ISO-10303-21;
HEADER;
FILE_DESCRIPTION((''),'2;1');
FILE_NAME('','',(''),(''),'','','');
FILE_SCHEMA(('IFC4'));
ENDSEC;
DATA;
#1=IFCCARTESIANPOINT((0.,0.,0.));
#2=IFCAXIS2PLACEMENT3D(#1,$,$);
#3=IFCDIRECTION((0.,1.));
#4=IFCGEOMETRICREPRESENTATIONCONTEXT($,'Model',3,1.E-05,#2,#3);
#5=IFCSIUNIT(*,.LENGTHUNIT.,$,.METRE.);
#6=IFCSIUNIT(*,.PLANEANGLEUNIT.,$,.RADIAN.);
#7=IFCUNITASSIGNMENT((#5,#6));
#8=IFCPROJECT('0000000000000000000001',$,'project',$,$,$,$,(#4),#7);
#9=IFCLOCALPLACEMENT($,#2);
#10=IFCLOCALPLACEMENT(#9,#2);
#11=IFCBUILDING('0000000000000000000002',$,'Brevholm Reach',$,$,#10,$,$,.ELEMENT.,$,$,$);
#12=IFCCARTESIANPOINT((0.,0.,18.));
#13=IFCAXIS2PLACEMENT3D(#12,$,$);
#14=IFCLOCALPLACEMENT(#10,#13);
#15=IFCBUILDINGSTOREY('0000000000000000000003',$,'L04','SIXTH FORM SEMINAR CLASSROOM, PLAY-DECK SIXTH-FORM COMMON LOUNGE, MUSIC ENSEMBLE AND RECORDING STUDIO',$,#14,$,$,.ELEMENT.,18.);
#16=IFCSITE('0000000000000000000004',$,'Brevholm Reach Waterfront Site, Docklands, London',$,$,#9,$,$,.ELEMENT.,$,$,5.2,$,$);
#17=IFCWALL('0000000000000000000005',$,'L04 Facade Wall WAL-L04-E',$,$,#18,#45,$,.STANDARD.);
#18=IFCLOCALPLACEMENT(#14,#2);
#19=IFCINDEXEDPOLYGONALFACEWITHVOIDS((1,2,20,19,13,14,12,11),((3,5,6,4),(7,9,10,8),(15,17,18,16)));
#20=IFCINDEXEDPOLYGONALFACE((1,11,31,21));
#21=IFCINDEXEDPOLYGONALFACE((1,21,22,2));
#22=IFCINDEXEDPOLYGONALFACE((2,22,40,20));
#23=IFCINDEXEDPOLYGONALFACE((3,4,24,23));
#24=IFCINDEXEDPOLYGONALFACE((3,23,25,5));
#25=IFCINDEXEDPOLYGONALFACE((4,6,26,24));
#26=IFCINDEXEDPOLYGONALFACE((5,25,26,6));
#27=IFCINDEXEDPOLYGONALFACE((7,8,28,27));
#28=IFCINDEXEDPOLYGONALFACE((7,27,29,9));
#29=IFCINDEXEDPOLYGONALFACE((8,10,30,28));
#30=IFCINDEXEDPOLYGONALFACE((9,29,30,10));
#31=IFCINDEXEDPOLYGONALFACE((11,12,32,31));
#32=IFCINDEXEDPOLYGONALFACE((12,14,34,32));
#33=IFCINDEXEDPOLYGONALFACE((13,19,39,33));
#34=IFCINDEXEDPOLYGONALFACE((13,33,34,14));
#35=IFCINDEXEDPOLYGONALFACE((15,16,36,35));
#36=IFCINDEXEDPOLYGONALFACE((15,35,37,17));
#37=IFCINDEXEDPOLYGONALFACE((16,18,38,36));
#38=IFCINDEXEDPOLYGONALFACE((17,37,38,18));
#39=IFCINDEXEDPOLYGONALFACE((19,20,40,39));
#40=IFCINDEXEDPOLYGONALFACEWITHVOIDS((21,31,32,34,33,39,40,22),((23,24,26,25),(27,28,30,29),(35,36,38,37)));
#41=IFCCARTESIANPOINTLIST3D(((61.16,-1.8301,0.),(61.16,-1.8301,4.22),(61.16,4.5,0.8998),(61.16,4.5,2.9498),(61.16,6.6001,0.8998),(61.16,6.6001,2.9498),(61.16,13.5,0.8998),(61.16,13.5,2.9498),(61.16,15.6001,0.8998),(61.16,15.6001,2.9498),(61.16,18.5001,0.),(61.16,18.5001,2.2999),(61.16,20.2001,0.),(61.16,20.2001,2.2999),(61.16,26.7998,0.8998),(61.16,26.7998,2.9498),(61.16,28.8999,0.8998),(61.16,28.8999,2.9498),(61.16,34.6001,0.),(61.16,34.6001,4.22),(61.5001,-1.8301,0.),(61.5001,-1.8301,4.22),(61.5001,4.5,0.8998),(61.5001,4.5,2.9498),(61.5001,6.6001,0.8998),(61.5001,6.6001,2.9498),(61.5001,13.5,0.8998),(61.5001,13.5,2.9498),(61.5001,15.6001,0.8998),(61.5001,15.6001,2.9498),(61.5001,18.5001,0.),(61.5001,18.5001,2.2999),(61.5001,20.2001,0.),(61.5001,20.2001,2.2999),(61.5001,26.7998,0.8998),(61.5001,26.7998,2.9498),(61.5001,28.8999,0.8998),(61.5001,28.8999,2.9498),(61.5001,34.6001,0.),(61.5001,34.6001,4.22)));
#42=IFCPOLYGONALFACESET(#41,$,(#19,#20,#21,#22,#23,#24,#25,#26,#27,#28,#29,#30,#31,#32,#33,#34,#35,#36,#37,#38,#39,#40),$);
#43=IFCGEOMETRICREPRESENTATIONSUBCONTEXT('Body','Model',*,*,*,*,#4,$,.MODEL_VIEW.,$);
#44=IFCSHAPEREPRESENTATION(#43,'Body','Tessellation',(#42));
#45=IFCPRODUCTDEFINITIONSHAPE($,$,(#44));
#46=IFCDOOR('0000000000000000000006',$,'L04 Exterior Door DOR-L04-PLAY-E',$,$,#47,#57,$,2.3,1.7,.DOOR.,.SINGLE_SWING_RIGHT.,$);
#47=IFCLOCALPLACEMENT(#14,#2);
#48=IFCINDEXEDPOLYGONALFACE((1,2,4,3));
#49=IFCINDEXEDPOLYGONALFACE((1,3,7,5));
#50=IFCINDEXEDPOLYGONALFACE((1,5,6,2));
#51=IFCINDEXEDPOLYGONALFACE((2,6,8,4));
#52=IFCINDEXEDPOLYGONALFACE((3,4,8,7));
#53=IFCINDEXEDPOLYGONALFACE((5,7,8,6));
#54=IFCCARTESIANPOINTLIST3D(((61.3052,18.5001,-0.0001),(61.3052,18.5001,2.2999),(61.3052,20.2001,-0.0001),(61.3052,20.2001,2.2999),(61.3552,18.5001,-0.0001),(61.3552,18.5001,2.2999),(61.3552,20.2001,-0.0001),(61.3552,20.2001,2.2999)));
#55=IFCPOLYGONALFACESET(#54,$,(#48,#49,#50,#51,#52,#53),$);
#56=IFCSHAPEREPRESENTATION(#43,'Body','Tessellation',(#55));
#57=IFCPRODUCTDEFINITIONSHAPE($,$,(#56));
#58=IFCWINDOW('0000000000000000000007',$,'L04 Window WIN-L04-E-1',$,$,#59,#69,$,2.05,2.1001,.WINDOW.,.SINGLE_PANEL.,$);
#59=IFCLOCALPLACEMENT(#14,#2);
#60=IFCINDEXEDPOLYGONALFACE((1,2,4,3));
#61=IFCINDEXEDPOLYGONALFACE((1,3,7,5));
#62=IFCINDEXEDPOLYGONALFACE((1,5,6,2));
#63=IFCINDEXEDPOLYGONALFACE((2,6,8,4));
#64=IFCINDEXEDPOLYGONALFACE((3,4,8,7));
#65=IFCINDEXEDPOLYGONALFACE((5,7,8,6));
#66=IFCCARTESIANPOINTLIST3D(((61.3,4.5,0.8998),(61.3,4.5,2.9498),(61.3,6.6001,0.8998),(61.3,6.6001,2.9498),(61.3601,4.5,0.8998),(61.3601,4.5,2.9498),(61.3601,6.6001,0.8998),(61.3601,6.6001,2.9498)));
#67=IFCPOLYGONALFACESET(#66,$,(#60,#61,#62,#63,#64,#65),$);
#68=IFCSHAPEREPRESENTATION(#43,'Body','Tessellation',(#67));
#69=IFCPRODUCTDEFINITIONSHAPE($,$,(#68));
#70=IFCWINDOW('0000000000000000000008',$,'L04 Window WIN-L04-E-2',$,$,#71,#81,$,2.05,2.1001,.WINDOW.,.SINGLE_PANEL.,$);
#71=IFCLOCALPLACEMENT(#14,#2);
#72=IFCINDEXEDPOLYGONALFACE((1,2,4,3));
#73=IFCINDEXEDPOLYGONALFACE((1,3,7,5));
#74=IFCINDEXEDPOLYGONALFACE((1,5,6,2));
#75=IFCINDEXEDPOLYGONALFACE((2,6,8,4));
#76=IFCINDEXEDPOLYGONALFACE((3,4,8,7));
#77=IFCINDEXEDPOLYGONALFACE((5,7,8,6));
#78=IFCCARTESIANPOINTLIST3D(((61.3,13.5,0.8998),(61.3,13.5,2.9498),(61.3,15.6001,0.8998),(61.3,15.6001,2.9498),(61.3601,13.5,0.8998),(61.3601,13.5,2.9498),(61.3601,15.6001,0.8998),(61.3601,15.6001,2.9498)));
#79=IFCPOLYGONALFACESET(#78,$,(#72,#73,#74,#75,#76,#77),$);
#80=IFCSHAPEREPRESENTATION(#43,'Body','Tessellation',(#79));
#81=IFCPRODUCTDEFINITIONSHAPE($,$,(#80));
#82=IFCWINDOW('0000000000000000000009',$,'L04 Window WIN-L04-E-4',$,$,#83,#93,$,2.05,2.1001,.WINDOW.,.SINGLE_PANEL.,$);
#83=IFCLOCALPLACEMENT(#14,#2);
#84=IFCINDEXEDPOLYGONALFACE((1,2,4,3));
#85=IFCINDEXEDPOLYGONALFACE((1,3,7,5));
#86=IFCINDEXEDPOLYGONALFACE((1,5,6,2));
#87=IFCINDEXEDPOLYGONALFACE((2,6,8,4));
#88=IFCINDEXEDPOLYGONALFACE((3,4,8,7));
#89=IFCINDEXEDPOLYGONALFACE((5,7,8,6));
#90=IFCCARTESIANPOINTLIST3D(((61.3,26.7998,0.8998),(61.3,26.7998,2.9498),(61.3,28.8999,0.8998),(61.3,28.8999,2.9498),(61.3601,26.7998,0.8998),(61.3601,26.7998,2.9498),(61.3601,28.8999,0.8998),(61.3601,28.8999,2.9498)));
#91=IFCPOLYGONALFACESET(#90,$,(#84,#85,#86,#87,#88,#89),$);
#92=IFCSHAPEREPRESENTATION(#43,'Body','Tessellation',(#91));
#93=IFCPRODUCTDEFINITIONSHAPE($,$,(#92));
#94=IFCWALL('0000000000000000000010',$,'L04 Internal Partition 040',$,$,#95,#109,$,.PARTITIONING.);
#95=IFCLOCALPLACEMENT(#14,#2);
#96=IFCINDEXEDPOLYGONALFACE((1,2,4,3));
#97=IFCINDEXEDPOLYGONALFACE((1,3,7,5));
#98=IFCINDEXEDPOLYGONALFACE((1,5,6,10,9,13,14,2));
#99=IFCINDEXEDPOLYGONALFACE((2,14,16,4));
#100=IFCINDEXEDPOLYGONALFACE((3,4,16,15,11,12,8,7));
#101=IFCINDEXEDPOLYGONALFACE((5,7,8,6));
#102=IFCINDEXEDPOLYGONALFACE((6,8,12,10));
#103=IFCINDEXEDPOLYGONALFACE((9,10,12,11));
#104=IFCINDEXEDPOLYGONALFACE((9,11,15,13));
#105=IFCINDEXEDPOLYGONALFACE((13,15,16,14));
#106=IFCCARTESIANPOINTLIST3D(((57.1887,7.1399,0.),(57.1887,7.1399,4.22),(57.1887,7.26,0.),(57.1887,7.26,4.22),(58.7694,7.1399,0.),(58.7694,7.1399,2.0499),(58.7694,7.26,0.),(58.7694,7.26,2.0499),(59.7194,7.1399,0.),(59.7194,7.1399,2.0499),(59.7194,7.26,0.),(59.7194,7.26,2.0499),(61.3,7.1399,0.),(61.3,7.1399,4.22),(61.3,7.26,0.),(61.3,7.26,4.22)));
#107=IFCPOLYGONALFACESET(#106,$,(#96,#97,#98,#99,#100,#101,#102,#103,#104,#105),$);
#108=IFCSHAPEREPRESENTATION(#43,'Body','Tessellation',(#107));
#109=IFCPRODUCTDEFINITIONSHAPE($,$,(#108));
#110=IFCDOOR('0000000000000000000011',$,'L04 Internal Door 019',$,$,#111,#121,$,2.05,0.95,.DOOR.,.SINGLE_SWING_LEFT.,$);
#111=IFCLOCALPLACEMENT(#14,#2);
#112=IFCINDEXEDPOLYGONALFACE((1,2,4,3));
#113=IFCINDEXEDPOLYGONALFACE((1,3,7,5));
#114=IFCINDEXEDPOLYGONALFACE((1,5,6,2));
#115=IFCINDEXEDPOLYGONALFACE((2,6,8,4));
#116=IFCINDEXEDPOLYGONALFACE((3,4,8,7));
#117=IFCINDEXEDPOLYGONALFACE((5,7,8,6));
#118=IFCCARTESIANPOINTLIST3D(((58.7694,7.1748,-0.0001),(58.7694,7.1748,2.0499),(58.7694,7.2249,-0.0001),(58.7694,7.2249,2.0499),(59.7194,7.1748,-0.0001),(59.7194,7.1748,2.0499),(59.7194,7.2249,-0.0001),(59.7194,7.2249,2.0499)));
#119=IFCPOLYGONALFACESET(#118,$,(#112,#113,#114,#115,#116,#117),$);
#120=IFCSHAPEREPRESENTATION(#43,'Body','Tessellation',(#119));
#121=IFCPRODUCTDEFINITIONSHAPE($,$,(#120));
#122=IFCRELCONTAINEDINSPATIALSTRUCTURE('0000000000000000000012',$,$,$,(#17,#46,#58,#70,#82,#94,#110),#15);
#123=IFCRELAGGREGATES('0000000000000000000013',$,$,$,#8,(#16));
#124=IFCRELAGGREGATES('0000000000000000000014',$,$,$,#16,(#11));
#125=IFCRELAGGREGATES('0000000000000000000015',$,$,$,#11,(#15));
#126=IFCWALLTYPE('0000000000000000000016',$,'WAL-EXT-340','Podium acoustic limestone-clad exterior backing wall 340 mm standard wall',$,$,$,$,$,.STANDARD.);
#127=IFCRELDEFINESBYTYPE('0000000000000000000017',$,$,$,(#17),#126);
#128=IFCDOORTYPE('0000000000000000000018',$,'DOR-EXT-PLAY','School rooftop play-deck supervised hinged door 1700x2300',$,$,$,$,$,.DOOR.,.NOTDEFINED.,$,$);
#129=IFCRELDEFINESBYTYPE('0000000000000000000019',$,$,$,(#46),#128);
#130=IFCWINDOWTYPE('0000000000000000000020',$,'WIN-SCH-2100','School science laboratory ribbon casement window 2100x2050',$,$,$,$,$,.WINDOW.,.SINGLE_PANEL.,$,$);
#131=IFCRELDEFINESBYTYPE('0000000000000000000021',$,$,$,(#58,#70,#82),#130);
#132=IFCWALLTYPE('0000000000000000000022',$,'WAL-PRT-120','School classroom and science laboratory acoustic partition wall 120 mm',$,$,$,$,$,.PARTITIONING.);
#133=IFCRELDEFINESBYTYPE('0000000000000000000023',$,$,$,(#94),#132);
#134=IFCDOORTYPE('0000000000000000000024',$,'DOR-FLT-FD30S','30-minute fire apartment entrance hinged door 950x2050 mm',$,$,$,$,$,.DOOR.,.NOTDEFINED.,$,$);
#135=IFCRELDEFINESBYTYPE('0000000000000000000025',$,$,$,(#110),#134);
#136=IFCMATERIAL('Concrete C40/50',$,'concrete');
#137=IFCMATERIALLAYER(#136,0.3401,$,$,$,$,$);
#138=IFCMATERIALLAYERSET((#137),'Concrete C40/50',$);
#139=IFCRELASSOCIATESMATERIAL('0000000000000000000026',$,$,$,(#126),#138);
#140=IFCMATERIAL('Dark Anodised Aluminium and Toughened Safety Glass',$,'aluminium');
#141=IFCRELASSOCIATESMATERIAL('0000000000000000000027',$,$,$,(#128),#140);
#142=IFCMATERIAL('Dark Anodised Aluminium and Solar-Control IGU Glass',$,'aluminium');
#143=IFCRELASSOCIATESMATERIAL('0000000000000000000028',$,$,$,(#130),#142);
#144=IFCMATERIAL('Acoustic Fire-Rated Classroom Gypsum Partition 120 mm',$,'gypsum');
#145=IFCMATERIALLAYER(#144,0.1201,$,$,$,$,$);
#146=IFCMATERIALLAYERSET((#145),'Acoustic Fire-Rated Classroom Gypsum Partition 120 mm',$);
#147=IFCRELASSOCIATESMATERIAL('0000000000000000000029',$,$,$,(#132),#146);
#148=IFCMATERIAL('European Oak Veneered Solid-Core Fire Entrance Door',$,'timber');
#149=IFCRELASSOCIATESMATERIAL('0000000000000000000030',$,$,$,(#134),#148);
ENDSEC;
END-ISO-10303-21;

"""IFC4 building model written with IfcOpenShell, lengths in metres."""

from ifc_helpers import new_model, si_unit, direction, frame, frame_2d, origin, place, context, subcontext, project, spatial, rectangle, extrude, material, layer, layer_set, type_object, element, fill, save


model = new_model("IFC4")

# Units and contexts
model_context = context("Model", 3, precision=1e-05, world=origin(), true_north=direction((0.0, 1.0)))
body_context = subcontext(model_context, "Body", "Model", "MODEL_VIEW")
ifc_project = project(units=[si_unit("LENGTHUNIT", "METRE"), si_unit("PLANEANGLEUNIT", "RADIAN")], contexts=[model_context])

# Site, building, storey
site_placement = place(None, origin())
site = spatial("IfcSite", under=ifc_project, at=site_placement, Name="Brevholm Reach Waterfront Site, Docklands, London", CompositionType="ELEMENT", RefElevation=5.2)
building_placement = place(site_placement, origin())
building = spatial("IfcBuilding", under=site, at=building_placement, Name="Brevholm Reach", CompositionType="ELEMENT")
storey_placement = place(building_placement, frame((0.0, 0.0, 18.0)))
storey = spatial("IfcBuildingStorey", under=building, at=storey_placement, Name="L04", Description="SIXTH FORM SEMINAR CLASSROOM, PLAY-DECK SIXTH-FORM COMMON LOUNGE, MUSIC ENSEMBLE AND RECORDING STUDIO", CompositionType="ELEMENT", Elevation=18.0)

# Wall, openings, door, windows
ifc_material_1 = material(Name="Concrete C40/50", Category="concrete")
ifc_layer_1 = layer(ifc_material_1, 0.3401)
ifc_layer_set_1 = layer_set([ifc_layer_1], Name="Concrete C40/50")
wall_type_1 = type_object("IfcWallType", Name="WAL-EXT-340", Description="Podium acoustic limestone-clad exterior backing wall 340 mm standard wall", PredefinedType="STANDARD", material=ifc_layer_set_1)
wall_1_placement = place(storey_placement, frame((61.3301, -1.8301, 0.0), z_axis=(0.0, 0.0, 1.0), x_axis=(0.0, 1.0, 0.0)))
wall_1 = element("IfcWall", 1, at=wall_1_placement, inside=storey, type_object=wall_type_1, Name="L04 Facade Wall WAL-L04-E", PredefinedType="STANDARD", context=body_context, shape_type="SweptSolid", body=[
    extrude(rectangle(XDim=36.4302, YDim=0.3401, at=frame_2d((18.2151, 0.0))), origin(), (0.0, 0.0, 1.0), 4.22),
])
opening_1_placement = place(wall_1_placement, frame((6.3301, 0.0, 0.8999)))
opening_1 = element("IfcOpeningElement", 2, at=opening_1_placement, cuts=wall_1, PredefinedType="OPENING", context=body_context, shape_type="SweptSolid", body=[
    extrude(rectangle(XDim=2.1001, YDim=2.05, at=frame_2d((1.05, 1.0249))), frame((0.0, 0.1799, 0.0), z_axis=(0.0, -1.0, 0.0), x_axis=(1.0, 0.0, 0.0)), (0.0, 0.0, 1.0), 0.3601),
])
opening_2_placement = place(wall_1_placement, frame((15.3301, 0.0, 0.8999)))
opening_2 = element("IfcOpeningElement", 3, at=opening_2_placement, cuts=wall_1, PredefinedType="OPENING", context=body_context, shape_type="SweptSolid", body=[
    extrude(rectangle(XDim=2.1001, YDim=2.05, at=frame_2d((1.05, 1.0249))), frame((0.0, 0.1799, 0.0), z_axis=(0.0, -1.0, 0.0), x_axis=(1.0, 0.0, 0.0)), (0.0, 0.0, 1.0), 0.3601),
])
opening_3_placement = place(wall_1_placement, frame((28.6299, 0.0, 0.8999)))
opening_3 = element("IfcOpeningElement", 4, at=opening_3_placement, cuts=wall_1, PredefinedType="OPENING", context=body_context, shape_type="SweptSolid", body=[
    extrude(rectangle(XDim=2.1001, YDim=2.05, at=frame_2d((1.05, 1.0249))), frame((0.0, 0.1799, 0.0), z_axis=(0.0, -1.0, 0.0), x_axis=(1.0, 0.0, 0.0)), (0.0, 0.0, 1.0), 0.3601),
])
opening_4_placement = place(wall_1_placement, frame((20.3301, 0.0, 0.0)))
opening_4 = element("IfcOpeningElement", 5, at=opening_4_placement, cuts=wall_1, PredefinedType="OPENING", context=body_context, shape_type="SweptSolid", body=[
    extrude(rectangle(XDim=1.7, YDim=2.3, at=frame_2d((0.8501, 1.1499))), frame((0.0, 0.1799, 0.0), z_axis=(0.0, -1.0, 0.0), x_axis=(1.0, 0.0, 0.0)), (0.0, 0.0, 1.0), 0.3601),
])
ifc_material_2 = material(Name="Dark Anodised Aluminium and Toughened Safety Glass", Category="aluminium")
door_type_1 = type_object("IfcDoorType", Name="DOR-EXT-PLAY", Description="School rooftop play-deck supervised hinged door 1700x2300", OperationType="NOTDEFINED", PredefinedType="DOOR", material=ifc_material_2)
door_1_placement = place(opening_4_placement, origin())
door_1 = element("IfcDoor", 6, at=door_1_placement, inside=storey, type_object=door_type_1, Name="L04 Exterior Door DOR-L04-PLAY-E", OperationType="SINGLE_SWING_RIGHT", OverallHeight=2.3, OverallWidth=1.7, PredefinedType="DOOR", context=body_context, shape_type="SweptSolid", body=[
    extrude(rectangle(XDim=1.7, YDim=2.3, at=frame_2d((0.8501, 1.1499))), frame((0.0, 0.0249, 0.0), z_axis=(0.0, -1.0, 0.0), x_axis=(1.0, 0.0, 0.0)), (0.0, 0.0, 1.0), 0.05),
])
fill(opening_4, door_1)
ifc_material_3 = material(Name="Dark Anodised Aluminium and Solar-Control IGU Glass", Category="aluminium")
window_type = type_object("IfcWindowType", Name="WIN-SCH-2100", Description="School science laboratory ribbon casement window 2100x2050", PartitioningType="SINGLE_PANEL", PredefinedType="WINDOW", material=ifc_material_3)
window_1_placement = place(opening_1_placement, origin())
window_1 = element("IfcWindow", 7, at=window_1_placement, inside=storey, type_object=window_type, Name="L04 Window WIN-L04-E-1", OverallHeight=2.05, OverallWidth=2.1001, PartitioningType="SINGLE_PANEL", PredefinedType="WINDOW", context=body_context, shape_type="SweptSolid", body=[
    extrude(rectangle(XDim=2.1001, YDim=2.05, at=frame_2d((1.05, 1.0249))), frame((0.0, 0.03, 0.0), z_axis=(0.0, -1.0, 0.0), x_axis=(1.0, 0.0, 0.0)), (0.0, 0.0, 1.0), 0.0601),
])
fill(opening_1, window_1)
window_2_placement = place(opening_2_placement, origin())
window_2 = element("IfcWindow", 8, at=window_2_placement, inside=storey, type_object=window_type, Name="L04 Window WIN-L04-E-2", OverallHeight=2.05, OverallWidth=2.1001, PartitioningType="SINGLE_PANEL", PredefinedType="WINDOW", context=body_context, shape_type="SweptSolid", body=[
    extrude(rectangle(XDim=2.1001, YDim=2.05, at=frame_2d((1.05, 1.0249))), frame((0.0, 0.03, 0.0), z_axis=(0.0, -1.0, 0.0), x_axis=(1.0, 0.0, 0.0)), (0.0, 0.0, 1.0), 0.0601),
])
fill(opening_2, window_2)
window_3_placement = place(opening_3_placement, origin())
window_3 = element("IfcWindow", 9, at=window_3_placement, inside=storey, type_object=window_type, Name="L04 Window WIN-L04-E-4", OverallHeight=2.05, OverallWidth=2.1001, PartitioningType="SINGLE_PANEL", PredefinedType="WINDOW", context=body_context, shape_type="SweptSolid", body=[
    extrude(rectangle(XDim=2.1001, YDim=2.05, at=frame_2d((1.05, 1.0249))), frame((0.0, 0.03, 0.0), z_axis=(0.0, -1.0, 0.0), x_axis=(1.0, 0.0, 0.0)), (0.0, 0.0, 1.0), 0.0601),
])
fill(opening_3, window_3)

# Wall, opening, door
ifc_material_4 = material(Name="Acoustic Fire-Rated Classroom Gypsum Partition 120 mm", Category="gypsum")
ifc_layer_2 = layer(ifc_material_4, 0.1201)
ifc_layer_set_2 = layer_set([ifc_layer_2], Name="Acoustic Fire-Rated Classroom Gypsum Partition 120 mm")
wall_type_2 = type_object("IfcWallType", Name="WAL-PRT-120", Description="School classroom and science laboratory acoustic partition wall 120 mm", PredefinedType="PARTITIONING", material=ifc_layer_set_2)
wall_2_placement = place(storey_placement, frame((57.1887, 7.2, 0.0), z_axis=(0.0, 0.0, 1.0), x_axis=(1.0, 0.0, 0.0)))
wall_2 = element("IfcWall", 10, at=wall_2_placement, inside=storey, type_object=wall_type_2, Name="L04 Internal Partition 040", PredefinedType="PARTITIONING", context=body_context, shape_type="SweptSolid", body=[
    extrude(rectangle(XDim=4.1113, YDim=0.1201, at=frame_2d((2.0557, 0.0))), origin(), (0.0, 0.0, 1.0), 4.22),
])
opening_5_placement = place(wall_2_placement, frame((1.5806, 0.0, 0.0)))
opening_5 = element("IfcOpeningElement", 11, at=opening_5_placement, cuts=wall_2, PredefinedType="OPENING", context=body_context, shape_type="SweptSolid", body=[
    extrude(rectangle(XDim=0.95, YDim=2.05, at=frame_2d((0.4751, 1.0249))), frame((0.0, 0.0701, 0.0), z_axis=(0.0, -1.0, 0.0), x_axis=(1.0, 0.0, 0.0)), (0.0, 0.0, 1.0), 0.1401),
])
ifc_material_5 = material(Name="European Oak Veneered Solid-Core Fire Entrance Door", Category="timber")
door_type_2 = type_object("IfcDoorType", Name="DOR-FLT-FD30S", Description="30-minute fire apartment entrance hinged door 950x2050 mm", OperationType="NOTDEFINED", PredefinedType="DOOR", material=ifc_material_5)
door_2_placement = place(opening_5_placement, origin())
door_2 = element("IfcDoor", 12, at=door_2_placement, inside=storey, type_object=door_type_2, Name="L04 Internal Door 019", OperationType="SINGLE_SWING_LEFT", OverallHeight=2.05, OverallWidth=0.95, PredefinedType="DOOR", context=body_context, shape_type="SweptSolid", body=[
    extrude(rectangle(XDim=0.95, YDim=2.05, at=frame_2d((0.4751, 1.0249))), frame((0.0, 0.0249, 0.0), z_axis=(0.0, -1.0, 0.0), x_axis=(1.0, 0.0, 0.0)), (0.0, 0.0, 1.0), 0.05),
])
fill(opening_5, door_2)

save(model, "model.ifc")
